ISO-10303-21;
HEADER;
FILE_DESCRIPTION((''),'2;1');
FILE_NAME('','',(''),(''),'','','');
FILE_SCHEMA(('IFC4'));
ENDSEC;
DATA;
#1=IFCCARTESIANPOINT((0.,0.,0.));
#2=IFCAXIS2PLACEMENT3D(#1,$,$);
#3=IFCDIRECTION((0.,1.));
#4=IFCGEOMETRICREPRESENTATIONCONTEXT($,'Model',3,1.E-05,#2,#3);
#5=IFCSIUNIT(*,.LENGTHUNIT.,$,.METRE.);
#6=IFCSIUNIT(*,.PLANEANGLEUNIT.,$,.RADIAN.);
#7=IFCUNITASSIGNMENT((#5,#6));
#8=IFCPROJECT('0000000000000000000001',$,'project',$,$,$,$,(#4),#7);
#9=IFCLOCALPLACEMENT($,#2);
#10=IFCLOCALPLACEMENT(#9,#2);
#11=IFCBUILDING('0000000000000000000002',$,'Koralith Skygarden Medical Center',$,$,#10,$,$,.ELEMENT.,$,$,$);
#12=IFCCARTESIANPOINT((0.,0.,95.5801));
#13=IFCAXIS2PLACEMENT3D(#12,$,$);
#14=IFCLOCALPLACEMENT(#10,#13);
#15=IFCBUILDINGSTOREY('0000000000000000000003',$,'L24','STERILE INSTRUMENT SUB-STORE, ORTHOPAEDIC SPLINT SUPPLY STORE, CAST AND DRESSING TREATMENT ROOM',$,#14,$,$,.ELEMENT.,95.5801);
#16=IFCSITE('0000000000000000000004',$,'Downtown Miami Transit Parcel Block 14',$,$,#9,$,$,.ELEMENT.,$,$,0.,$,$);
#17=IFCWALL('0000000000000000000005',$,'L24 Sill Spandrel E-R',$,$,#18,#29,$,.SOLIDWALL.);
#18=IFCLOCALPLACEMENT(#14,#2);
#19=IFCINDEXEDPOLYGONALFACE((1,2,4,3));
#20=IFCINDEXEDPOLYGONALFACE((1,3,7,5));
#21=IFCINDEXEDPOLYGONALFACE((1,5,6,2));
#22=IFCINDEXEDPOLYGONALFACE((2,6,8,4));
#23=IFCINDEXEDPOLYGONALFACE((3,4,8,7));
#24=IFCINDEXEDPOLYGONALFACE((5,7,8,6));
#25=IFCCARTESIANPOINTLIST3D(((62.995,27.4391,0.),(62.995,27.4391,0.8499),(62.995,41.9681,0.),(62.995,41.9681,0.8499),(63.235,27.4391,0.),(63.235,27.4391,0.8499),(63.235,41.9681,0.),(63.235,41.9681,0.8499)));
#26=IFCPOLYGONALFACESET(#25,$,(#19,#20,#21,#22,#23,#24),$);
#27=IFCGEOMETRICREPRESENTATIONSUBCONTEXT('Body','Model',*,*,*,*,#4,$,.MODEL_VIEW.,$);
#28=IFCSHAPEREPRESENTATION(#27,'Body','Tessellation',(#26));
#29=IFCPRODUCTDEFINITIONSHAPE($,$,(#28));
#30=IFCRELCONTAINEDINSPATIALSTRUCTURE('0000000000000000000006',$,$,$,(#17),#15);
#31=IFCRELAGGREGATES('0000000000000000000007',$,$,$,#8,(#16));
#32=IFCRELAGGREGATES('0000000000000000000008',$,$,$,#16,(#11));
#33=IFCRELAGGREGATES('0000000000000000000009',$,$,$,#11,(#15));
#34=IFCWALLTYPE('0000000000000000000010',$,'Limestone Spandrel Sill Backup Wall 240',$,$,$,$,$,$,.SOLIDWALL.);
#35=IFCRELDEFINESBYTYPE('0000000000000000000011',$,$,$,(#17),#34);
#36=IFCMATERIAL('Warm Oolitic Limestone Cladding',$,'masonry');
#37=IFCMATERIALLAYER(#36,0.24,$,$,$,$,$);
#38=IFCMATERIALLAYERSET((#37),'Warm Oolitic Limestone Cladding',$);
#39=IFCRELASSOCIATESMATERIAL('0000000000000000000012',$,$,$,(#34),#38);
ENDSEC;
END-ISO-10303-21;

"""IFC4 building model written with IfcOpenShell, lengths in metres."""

from ifc_helpers import new_model, si_unit, direction, frame, frame_2d, origin, place, context, subcontext, project, spatial, rectangle, extrude, material, layer, layer_set, type_object, element, save


model = new_model("IFC4")

# Units and contexts
model_context = context("Model", 3, precision=1e-05, world=origin(), true_north=direction((0.0, 1.0)))
body_context = subcontext(model_context, "Body", "Model", "MODEL_VIEW")
ifc_project = project(units=[si_unit("LENGTHUNIT", "METRE"), si_unit("PLANEANGLEUNIT", "RADIAN")], contexts=[model_context])

# Site, building, storey
site_placement = place(None, origin())
site = spatial("IfcSite", under=ifc_project, at=site_placement, Name="Downtown Miami Transit Parcel Block 14", CompositionType="ELEMENT", RefElevation=0.0)
building_placement = place(site_placement, origin())
building = spatial("IfcBuilding", under=site, at=building_placement, Name="Koralith Skygarden Medical Center", CompositionType="ELEMENT")
storey_placement = place(building_placement, frame((0.0, 0.0, 95.5801)))
storey = spatial("IfcBuildingStorey", under=building, at=storey_placement, Name="L24", Description="STERILE INSTRUMENT SUB-STORE, ORTHOPAEDIC SPLINT SUPPLY STORE, CAST AND DRESSING TREATMENT ROOM", CompositionType="ELEMENT", Elevation=95.5801)

# Shared definitions
ifc_material_1 = material(Name="Warm Oolitic Limestone Cladding", Category="masonry")

# Wall
ifc_layer_1 = layer(ifc_material_1, 0.24)
ifc_layer_set_1 = layer_set([ifc_layer_1], Name="Warm Oolitic Limestone Cladding")
wall_type_1 = type_object("IfcWallType", Name="Limestone Spandrel Sill Backup Wall 240", PredefinedType="SOLIDWALL", material=ifc_layer_set_1)
wall_1_placement = place(storey_placement, frame((63.115, 27.439, 0.0), z_axis=(0.0, 0.0, 1.0), x_axis=(0.0, 1.0, 0.0)))
element("IfcWall", 1, at=wall_1_placement, inside=storey, type_object=wall_type_1, Name="L24 Sill Spandrel E-R", PredefinedType="SOLIDWALL", context=body_context, shape_type="SweptSolid", body=[
    extrude(rectangle(XDim=14.5291, YDim=0.24, at=frame_2d((7.2646, 0.0))), origin(), (0.0, 0.0, 1.0), 0.8499),
])

save(model, "model.ifc")
